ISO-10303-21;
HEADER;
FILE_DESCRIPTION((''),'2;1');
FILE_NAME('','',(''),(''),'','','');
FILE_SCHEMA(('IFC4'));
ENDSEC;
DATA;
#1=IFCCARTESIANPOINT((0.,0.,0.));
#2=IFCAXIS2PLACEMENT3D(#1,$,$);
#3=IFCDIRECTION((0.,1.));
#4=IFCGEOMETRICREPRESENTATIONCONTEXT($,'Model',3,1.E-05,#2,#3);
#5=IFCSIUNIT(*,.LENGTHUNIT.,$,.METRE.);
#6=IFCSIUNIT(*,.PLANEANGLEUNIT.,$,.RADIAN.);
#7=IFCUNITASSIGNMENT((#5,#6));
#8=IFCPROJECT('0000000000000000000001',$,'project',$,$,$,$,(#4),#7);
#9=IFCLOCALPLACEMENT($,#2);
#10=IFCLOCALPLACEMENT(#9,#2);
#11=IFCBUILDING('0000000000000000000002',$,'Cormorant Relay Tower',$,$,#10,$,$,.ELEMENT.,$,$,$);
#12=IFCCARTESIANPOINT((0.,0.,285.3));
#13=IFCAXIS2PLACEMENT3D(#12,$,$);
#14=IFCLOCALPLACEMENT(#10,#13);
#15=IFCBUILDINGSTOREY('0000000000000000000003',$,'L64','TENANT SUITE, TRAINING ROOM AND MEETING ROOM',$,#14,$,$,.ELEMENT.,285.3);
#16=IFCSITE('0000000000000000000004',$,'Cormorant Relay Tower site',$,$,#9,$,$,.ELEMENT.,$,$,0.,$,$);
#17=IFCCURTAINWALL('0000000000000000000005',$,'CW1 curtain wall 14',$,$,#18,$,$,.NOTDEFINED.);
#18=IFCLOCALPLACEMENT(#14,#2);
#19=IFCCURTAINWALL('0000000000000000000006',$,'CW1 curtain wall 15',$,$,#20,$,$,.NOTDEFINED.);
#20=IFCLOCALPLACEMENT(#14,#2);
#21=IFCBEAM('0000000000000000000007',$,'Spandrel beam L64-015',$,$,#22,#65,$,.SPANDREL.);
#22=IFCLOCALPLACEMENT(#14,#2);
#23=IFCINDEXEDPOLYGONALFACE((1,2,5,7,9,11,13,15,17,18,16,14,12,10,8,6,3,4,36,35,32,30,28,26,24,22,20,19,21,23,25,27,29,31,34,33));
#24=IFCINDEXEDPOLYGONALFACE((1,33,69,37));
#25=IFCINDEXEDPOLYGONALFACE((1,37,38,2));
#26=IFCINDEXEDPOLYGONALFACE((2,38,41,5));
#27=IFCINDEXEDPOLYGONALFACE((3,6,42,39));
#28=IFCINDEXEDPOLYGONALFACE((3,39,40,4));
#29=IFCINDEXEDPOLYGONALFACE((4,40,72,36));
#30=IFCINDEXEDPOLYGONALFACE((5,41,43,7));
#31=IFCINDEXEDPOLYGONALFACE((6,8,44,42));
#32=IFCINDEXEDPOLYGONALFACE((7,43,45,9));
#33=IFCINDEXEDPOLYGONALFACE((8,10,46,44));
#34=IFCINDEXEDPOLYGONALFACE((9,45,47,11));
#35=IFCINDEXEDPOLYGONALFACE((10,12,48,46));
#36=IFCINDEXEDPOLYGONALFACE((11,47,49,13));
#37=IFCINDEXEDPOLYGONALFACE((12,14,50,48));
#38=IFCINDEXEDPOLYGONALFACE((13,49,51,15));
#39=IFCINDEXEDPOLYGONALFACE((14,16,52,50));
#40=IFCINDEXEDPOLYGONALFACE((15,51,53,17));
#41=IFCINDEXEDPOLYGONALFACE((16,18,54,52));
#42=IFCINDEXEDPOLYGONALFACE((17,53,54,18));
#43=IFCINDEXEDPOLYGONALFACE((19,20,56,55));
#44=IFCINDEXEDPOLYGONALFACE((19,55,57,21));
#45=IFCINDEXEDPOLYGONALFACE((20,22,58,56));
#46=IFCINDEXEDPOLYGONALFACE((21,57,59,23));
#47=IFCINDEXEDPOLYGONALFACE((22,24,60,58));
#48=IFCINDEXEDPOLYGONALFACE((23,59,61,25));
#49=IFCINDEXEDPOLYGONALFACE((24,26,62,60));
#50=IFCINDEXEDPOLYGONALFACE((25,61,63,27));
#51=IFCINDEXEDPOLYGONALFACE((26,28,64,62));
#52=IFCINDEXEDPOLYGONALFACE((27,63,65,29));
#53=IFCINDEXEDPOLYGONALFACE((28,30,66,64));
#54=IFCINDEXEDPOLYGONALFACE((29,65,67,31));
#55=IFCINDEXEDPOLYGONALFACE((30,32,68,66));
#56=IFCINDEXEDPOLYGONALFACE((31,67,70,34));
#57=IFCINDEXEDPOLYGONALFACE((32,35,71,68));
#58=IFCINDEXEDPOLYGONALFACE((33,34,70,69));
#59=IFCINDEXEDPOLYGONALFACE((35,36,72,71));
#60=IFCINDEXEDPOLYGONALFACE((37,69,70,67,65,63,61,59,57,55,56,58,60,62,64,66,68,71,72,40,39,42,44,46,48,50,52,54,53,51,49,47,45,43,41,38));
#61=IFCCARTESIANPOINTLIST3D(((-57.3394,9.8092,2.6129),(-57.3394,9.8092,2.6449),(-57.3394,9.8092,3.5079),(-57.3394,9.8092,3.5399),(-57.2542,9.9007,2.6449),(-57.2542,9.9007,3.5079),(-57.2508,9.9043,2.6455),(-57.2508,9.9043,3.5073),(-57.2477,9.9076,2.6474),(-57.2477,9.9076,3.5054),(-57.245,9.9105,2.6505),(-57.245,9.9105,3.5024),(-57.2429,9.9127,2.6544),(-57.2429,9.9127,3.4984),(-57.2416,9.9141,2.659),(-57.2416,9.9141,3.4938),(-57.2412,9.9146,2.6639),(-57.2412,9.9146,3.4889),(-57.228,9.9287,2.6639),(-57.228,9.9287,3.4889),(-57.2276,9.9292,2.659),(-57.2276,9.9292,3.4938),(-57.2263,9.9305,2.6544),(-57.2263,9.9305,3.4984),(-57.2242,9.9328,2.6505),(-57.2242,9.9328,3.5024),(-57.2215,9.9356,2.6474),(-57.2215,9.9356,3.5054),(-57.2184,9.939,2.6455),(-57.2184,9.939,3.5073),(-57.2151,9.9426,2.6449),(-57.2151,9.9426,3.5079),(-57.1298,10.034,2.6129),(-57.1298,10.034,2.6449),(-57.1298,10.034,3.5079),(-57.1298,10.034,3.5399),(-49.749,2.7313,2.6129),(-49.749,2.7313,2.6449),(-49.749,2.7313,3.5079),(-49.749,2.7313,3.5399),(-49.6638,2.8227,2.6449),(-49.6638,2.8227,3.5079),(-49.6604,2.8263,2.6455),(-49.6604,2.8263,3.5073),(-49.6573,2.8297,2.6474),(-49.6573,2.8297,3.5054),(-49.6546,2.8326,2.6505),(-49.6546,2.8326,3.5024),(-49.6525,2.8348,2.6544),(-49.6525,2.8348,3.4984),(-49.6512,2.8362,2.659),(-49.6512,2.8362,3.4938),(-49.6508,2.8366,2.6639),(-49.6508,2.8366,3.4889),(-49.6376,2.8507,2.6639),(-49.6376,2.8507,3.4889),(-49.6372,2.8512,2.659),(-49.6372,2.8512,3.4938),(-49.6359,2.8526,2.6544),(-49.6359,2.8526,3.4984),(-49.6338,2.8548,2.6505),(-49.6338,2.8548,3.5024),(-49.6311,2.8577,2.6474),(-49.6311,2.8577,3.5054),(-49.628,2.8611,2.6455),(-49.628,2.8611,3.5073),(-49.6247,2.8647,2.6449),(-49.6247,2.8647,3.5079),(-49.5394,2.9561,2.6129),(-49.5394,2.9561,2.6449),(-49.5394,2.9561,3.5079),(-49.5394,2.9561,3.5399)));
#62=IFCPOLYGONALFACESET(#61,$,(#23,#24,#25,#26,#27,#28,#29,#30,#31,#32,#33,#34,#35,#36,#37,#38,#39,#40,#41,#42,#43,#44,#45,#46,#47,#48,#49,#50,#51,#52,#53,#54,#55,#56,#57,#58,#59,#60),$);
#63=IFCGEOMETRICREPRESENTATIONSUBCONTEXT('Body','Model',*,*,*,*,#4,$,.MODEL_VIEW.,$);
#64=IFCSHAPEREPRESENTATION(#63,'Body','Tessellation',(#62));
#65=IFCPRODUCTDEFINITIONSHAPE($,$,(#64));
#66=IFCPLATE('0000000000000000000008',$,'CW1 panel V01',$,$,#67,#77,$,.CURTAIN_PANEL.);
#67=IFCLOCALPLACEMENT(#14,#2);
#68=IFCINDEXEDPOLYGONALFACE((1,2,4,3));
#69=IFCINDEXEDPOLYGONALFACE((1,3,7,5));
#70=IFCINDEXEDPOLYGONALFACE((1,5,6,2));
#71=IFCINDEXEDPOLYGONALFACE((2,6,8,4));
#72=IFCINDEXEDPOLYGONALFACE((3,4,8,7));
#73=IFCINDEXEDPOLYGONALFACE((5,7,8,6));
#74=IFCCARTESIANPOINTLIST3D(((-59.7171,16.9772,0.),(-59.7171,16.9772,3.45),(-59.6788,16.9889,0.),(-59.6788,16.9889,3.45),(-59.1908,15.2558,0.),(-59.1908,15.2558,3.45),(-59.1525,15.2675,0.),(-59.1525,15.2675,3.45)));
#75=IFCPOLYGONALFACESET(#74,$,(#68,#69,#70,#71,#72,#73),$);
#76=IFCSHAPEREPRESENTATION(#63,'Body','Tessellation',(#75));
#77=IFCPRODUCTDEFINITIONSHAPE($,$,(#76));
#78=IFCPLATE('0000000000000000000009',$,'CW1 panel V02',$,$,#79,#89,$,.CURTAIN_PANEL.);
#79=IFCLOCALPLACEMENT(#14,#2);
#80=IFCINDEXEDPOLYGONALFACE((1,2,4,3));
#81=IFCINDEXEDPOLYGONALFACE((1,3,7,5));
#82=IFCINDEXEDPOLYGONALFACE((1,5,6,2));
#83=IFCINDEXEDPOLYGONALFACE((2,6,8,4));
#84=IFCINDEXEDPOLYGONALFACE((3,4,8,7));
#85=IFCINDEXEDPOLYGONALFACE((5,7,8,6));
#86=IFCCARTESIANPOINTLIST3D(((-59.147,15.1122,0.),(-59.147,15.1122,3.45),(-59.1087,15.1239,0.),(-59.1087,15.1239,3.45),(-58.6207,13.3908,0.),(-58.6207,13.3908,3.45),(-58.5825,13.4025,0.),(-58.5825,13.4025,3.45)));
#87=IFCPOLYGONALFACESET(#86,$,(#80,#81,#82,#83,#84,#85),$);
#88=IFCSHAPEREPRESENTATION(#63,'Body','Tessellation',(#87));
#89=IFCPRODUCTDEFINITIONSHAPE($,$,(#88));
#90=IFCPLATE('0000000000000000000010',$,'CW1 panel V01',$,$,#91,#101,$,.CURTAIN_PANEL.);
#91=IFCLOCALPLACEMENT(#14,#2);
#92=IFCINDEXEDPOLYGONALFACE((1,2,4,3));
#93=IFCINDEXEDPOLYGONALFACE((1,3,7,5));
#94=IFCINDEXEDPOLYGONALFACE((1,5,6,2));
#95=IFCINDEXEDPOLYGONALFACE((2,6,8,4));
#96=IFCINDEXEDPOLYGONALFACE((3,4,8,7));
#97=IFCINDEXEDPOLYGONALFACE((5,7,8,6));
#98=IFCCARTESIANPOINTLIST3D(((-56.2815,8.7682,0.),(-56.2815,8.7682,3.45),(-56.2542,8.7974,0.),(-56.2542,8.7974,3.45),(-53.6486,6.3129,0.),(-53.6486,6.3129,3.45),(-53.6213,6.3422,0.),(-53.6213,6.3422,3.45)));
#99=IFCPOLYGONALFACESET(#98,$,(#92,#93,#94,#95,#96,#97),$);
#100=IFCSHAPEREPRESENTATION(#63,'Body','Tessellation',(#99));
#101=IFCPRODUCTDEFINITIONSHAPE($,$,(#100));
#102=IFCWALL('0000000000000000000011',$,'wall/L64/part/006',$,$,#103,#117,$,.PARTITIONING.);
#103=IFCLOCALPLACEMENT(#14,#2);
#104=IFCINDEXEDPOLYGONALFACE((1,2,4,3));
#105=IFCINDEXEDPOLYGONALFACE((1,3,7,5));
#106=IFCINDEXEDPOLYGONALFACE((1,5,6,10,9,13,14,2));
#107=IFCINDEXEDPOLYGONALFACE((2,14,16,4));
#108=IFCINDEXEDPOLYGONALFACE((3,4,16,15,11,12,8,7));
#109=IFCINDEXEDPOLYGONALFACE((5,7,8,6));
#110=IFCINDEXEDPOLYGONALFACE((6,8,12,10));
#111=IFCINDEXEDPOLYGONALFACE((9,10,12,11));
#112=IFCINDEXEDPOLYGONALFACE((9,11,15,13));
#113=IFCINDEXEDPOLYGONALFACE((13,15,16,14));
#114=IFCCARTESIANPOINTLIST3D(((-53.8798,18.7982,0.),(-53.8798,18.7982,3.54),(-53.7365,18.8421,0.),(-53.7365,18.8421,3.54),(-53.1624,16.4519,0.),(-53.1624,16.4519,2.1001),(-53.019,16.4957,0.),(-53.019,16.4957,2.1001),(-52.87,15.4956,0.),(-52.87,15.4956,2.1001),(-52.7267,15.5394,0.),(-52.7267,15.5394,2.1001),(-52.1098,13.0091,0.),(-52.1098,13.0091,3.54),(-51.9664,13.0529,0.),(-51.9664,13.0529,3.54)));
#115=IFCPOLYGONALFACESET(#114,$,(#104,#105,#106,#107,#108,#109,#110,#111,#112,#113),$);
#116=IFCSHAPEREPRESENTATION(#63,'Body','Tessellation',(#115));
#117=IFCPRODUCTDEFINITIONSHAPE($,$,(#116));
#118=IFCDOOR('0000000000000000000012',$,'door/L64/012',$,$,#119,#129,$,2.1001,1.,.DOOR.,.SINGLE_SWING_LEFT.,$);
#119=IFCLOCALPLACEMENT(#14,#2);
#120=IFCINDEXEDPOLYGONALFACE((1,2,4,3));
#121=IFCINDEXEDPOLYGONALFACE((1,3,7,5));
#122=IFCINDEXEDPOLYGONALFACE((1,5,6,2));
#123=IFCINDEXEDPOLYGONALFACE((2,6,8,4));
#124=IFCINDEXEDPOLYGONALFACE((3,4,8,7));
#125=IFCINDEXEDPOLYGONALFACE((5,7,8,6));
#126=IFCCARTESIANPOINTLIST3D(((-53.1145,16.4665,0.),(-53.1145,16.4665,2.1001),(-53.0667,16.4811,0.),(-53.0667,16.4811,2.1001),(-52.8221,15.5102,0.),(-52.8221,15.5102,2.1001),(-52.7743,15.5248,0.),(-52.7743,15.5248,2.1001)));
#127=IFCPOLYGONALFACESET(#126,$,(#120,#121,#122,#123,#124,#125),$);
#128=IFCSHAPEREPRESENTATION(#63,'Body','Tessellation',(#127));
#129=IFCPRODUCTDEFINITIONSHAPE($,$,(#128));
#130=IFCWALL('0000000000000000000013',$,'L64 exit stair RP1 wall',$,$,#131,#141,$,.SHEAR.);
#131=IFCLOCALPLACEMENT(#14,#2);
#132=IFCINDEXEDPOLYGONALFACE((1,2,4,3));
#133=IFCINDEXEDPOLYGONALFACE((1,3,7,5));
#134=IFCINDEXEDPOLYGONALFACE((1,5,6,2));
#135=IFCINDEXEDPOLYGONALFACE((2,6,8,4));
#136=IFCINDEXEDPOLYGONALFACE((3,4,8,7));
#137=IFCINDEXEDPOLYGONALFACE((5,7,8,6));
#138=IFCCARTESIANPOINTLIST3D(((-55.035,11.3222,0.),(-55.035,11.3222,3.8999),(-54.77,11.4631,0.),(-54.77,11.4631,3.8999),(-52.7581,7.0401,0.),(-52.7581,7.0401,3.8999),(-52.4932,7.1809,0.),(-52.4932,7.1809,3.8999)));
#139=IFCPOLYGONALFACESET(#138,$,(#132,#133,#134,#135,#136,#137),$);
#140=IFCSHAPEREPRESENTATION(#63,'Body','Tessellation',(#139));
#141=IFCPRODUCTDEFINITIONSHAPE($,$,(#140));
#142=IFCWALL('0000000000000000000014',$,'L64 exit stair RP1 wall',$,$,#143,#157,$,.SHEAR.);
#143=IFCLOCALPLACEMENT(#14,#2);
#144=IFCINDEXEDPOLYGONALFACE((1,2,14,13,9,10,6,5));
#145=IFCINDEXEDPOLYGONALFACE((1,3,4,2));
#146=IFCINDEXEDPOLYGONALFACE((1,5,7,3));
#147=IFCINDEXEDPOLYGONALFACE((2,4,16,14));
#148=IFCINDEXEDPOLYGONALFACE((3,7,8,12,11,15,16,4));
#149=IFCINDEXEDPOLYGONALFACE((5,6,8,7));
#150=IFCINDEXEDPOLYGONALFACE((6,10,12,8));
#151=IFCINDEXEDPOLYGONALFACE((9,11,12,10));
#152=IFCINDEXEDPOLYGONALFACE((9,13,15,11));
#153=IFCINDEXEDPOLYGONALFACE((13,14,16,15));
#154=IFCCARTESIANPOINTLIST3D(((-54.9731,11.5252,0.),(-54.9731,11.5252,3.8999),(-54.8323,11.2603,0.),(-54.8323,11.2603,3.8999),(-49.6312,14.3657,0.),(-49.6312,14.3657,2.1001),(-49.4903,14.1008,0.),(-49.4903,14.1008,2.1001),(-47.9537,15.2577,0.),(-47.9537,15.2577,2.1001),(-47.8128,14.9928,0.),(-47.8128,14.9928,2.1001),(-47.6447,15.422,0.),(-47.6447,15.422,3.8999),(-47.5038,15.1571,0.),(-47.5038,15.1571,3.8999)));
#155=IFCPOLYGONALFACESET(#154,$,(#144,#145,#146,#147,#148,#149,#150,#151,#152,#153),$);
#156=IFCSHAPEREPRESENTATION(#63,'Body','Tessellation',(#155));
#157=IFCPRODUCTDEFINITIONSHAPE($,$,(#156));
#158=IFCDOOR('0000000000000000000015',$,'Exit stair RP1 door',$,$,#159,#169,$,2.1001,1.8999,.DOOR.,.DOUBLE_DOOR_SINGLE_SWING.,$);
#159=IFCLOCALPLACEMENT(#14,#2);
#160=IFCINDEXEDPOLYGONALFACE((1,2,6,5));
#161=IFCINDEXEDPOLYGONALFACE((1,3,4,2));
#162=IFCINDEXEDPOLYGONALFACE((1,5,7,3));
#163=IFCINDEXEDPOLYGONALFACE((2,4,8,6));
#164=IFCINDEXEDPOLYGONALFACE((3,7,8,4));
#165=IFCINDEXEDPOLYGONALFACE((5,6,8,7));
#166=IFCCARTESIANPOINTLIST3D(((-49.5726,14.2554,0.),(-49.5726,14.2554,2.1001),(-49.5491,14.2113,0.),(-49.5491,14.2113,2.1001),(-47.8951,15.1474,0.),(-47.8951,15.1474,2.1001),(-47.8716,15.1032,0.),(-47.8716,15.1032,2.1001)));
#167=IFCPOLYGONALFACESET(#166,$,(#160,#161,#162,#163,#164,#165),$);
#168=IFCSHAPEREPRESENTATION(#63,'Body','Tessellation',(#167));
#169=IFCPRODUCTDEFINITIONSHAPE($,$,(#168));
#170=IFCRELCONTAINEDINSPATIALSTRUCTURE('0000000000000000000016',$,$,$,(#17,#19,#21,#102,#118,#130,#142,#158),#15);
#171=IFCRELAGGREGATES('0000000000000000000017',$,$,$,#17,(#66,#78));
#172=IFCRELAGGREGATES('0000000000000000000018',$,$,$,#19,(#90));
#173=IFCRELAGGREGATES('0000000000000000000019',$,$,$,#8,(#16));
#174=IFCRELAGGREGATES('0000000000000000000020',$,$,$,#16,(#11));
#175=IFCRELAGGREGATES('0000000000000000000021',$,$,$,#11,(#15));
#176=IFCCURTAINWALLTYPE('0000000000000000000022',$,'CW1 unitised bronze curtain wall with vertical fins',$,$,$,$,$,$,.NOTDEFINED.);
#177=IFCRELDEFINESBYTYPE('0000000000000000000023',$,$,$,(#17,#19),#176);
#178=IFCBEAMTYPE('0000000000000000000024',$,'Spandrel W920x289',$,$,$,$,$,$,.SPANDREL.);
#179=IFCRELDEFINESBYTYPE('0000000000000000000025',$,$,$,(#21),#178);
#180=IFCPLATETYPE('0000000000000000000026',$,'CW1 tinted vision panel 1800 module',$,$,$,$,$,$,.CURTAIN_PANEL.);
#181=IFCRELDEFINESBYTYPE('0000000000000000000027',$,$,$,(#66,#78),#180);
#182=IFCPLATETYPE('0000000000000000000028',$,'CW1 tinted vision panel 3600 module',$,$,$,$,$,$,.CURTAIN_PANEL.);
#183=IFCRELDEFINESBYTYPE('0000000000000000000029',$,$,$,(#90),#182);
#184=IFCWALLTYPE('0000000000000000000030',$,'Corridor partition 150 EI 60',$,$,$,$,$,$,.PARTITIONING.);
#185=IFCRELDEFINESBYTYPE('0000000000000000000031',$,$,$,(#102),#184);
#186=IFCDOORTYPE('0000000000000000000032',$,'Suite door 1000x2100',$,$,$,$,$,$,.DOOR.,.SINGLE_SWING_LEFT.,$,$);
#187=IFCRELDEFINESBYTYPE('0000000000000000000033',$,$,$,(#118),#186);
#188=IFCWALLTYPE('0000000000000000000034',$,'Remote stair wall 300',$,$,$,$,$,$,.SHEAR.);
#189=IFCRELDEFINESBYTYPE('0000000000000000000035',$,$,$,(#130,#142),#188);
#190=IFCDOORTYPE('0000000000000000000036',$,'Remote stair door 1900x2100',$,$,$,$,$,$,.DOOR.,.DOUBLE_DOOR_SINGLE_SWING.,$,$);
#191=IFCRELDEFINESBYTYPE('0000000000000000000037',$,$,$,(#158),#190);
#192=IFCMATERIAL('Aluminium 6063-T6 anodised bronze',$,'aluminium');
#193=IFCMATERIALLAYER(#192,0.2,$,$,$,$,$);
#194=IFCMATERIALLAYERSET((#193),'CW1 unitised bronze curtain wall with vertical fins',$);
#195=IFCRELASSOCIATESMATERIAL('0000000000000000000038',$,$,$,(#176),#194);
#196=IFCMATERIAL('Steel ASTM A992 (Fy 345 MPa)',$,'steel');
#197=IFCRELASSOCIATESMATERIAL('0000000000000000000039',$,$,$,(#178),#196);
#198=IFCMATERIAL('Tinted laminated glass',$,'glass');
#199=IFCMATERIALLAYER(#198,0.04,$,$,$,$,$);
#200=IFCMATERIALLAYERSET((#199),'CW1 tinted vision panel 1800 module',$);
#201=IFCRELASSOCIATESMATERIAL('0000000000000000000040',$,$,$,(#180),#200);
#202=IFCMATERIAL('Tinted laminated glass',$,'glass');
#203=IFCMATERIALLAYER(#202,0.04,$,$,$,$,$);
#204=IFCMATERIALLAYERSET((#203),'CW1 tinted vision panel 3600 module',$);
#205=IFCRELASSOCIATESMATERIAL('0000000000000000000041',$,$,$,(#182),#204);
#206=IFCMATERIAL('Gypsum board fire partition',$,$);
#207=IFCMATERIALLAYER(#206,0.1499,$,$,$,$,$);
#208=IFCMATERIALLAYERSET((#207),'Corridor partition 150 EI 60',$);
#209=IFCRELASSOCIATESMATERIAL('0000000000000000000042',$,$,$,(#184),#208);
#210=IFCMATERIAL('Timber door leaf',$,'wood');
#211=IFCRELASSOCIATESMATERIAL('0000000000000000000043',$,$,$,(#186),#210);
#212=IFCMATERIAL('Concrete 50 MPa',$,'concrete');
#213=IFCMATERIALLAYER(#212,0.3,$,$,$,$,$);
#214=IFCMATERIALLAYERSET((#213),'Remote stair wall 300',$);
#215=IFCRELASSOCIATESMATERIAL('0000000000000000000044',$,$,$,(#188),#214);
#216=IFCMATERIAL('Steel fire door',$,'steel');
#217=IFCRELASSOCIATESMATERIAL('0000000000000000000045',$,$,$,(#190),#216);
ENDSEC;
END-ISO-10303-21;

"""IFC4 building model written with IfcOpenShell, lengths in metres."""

from ifc_helpers import new_model, si_unit, direction, frame, frame_2d, origin, origin_2d, place, context, subcontext, project, spatial, rectangle, i_section, extrude, material, layer, layer_set, material_profile, profile_set, type_object, element, fill, aggregate, save


model = new_model("IFC4")

# Units and contexts
model_context = context("Model", 3, precision=1e-05, world=origin(), true_north=direction((0.0, 1.0)))
body_context = subcontext(model_context, "Body", "Model", "MODEL_VIEW")
ifc_project = project(units=[si_unit("LENGTHUNIT", "METRE"), si_unit("PLANEANGLEUNIT", "RADIAN")], contexts=[model_context])

# Site, building, storey
site_placement = place(None, origin())
site = spatial("IfcSite", under=ifc_project, at=site_placement, Name="Cormorant Relay Tower site", CompositionType="ELEMENT", RefElevation=0.0)
building_placement = place(site_placement, origin())
building = spatial("IfcBuilding", under=site, at=building_placement, Name="Cormorant Relay Tower", CompositionType="ELEMENT")
storey_placement = place(building_placement, frame((0.0, 0.0, 285.3)))
storey = spatial("IfcBuildingStorey", under=building, at=storey_placement, Name="L64", Description="TENANT SUITE, TRAINING ROOM AND MEETING ROOM", CompositionType="ELEMENT", Elevation=285.3)

# Curtain wall
ifc_material_1 = material(Name="Aluminium 6063-T6 anodised bronze", Category="aluminium")
ifc_layer_1 = layer(ifc_material_1, 0.2)
ifc_layer_set_1 = layer_set([ifc_layer_1], Name="CW1 unitised bronze curtain wall with vertical fins")
curtain_wall_type = type_object("IfcCurtainWallType", Name="CW1 unitised bronze curtain wall with vertical fins", PredefinedType="NOTDEFINED", material=ifc_layer_set_1)
curtain_wall_1_placement = place(storey_placement, origin())
curtain_wall_1 = element("IfcCurtainWall", 1, at=curtain_wall_1_placement, inside=storey, type_object=curtain_wall_type, Name="CW1 curtain wall 14", PredefinedType="NOTDEFINED")

# Curtain wall
curtain_wall_2_placement = place(storey_placement, origin())
curtain_wall_2 = element("IfcCurtainWall", 2, at=curtain_wall_2_placement, inside=storey, type_object=curtain_wall_type, Name="CW1 curtain wall 15", PredefinedType="NOTDEFINED")

# Beam
ifc_material_2 = material(Name="Steel ASTM A992 (Fy 345 MPa)", Category="steel")
ifc_material_profile_1 = material_profile(ifc_material_2, i_section(OverallWidth=0.3074, OverallDepth=0.927, WebThickness=0.0193, FlangeThickness=0.032, FilletRadius=0.019, at=origin_2d()), Name="W920x289")
ifc_profile_set_1 = profile_set([ifc_material_profile_1], Name="Steel ASTM A992 (Fy 345 MPa)")
beam_type = type_object("IfcBeamType", Name="Spandrel W920x289", PredefinedType="SPANDREL", material=ifc_profile_set_1)
beam_placement = place(storey_placement, frame((-57.2346, 9.9216, 3.0764), z_axis=(0.731364, -0.681987, 0.0), x_axis=(0.681987, 0.731364, 0.0)))
element("IfcBeam", 3, at=beam_placement, inside=storey, type_object=beam_type, Name="Spandrel beam L64-015", PredefinedType="SPANDREL", context=body_context, shape_type="SweptSolid", body=[
    extrude(i_section(OverallWidth=0.3074, OverallDepth=0.927, WebThickness=0.0193, FlangeThickness=0.032, FilletRadius=0.019, at=origin_2d()), origin(), (0.0, 0.0, 1.0), 10.3784),
])

# Plates
ifc_material_3 = material(Name="Tinted laminated glass", Category="glass")
ifc_layer_2 = layer(ifc_material_3, 0.04)
ifc_layer_set_2 = layer_set([ifc_layer_2], Name="CW1 tinted vision panel 1800 module")
plate_type_1 = type_object("IfcPlateType", Name="CW1 tinted vision panel 1800 module", PredefinedType="CURTAIN_PANEL", material=ifc_layer_set_2)
plate_1_placement = place(storey_placement, frame((-59.4348, 16.1223, 0.0), z_axis=(0.0, 0.0, 1.0), x_axis=(0.292372, -0.956305, 0.0)))
plate_1 = element("IfcPlate", 4, at=plate_1_placement, type_object=plate_type_1, Name="CW1 panel V01", PredefinedType="CURTAIN_PANEL", context=body_context, shape_type="SweptSolid", body=[
    extrude(rectangle(XDim=1.8, YDim=0.04, at=origin_2d()), origin(), (0.0, 0.0, 1.0), 3.45),
])
plate_2_placement = place(storey_placement, frame((-58.8647, 14.2573, 0.0), z_axis=(0.0, 0.0, 1.0), x_axis=(0.292372, -0.956305, 0.0)))
plate_2 = element("IfcPlate", 5, at=plate_2_placement, type_object=plate_type_1, Name="CW1 panel V02", PredefinedType="CURTAIN_PANEL", context=body_context, shape_type="SweptSolid", body=[
    extrude(rectangle(XDim=1.8, YDim=0.04, at=origin_2d()), origin(), (0.0, 0.0, 1.0), 3.45),
])
ifc_material_4 = material(Name="Tinted laminated glass", Category="glass")
ifc_layer_3 = layer(ifc_material_4, 0.04)
ifc_layer_set_3 = layer_set([ifc_layer_3], Name="CW1 tinted vision panel 3600 module")
plate_type_2 = type_object("IfcPlateType", Name="CW1 tinted vision panel 3600 module", PredefinedType="CURTAIN_PANEL", material=ifc_layer_set_3)
plate_3_placement = place(storey_placement, frame((-54.9514, 7.5552, 0.0), z_axis=(0.0, 0.0, 1.0), x_axis=(0.731354, -0.681998, 0.0)))
plate_3 = element("IfcPlate", 6, at=plate_3_placement, type_object=plate_type_2, Name="CW1 panel V01", PredefinedType="CURTAIN_PANEL", context=body_context, shape_type="SweptSolid", body=[
    extrude(rectangle(XDim=3.6001, YDim=0.04, at=origin_2d()), origin(), (0.0, 0.0, 1.0), 3.45),
])

# Wall, opening, door
ifc_material_5 = material(Name="Gypsum board fire partition")
ifc_layer_4 = layer(ifc_material_5, 0.1499)
ifc_layer_set_4 = layer_set([ifc_layer_4], Name="Corridor partition 150 EI 60")
wall_type_1 = type_object("IfcWallType", Name="Corridor partition 150 EI 60", PredefinedType="PARTITIONING", material=ifc_layer_set_4)
wall_1_placement = place(storey_placement, frame((-52.0381, 13.031, 0.0), z_axis=(0.0, 0.0, 1.0), x_axis=(-0.292391, 0.956299, 0.0)))
wall_1 = element("IfcWall", 7, at=wall_1_placement, inside=storey, type_object=wall_type_1, Name="wall/L64/part/006", PredefinedType="PARTITIONING", context=body_context, shape_type="SweptSolid", body=[
    extrude(rectangle(XDim=6.0537, YDim=0.1499, at=frame_2d((3.0269, 0.0))), origin(), (0.0, 0.0, 1.0), 3.54),
])
opening_1_placement = place(wall_1_placement, frame((2.6001, 0.0, 0.0)))
opening_1 = element("IfcOpeningElement", 8, at=opening_1_placement, cuts=wall_1, PredefinedType="OPENING", context=body_context, shape_type="SweptSolid", body=[
    extrude(rectangle(XDim=1.0, YDim=2.1001, at=frame_2d((0.5, 1.05))), frame((0.0, 0.085, 0.0), z_axis=(0.0, -1.0, 0.0), x_axis=(1.0, 0.0, 0.0)), (0.0, 0.0, 1.0), 0.1699),
])
ifc_material_6 = material(Name="Timber door leaf", Category="wood")
door_type_1 = type_object("IfcDoorType", Name="Suite door 1000x2100", OperationType="SINGLE_SWING_LEFT", PredefinedType="DOOR", material=ifc_material_6)
door_1_placement = place(opening_1_placement, origin())
door_1 = element("IfcDoor", 9, at=door_1_placement, inside=storey, type_object=door_type_1, Name="door/L64/012", OperationType="SINGLE_SWING_LEFT", OverallHeight=2.1001, OverallWidth=1.0, PredefinedType="DOOR", context=body_context, shape_type="SweptSolid", body=[
    extrude(rectangle(XDim=1.0, YDim=2.1001, at=frame_2d((0.5, 1.05))), frame((0.0, 0.0249, 0.0), z_axis=(0.0, -1.0, 0.0), x_axis=(1.0, 0.0, 0.0)), (0.0, 0.0, 1.0), 0.05),
])
fill(opening_1, door_1)

# Wall
ifc_material_7 = material(Name="Concrete 50 MPa", Category="concrete")
ifc_layer_5 = layer(ifc_material_7, 0.3)
ifc_layer_set_5 = layer_set([ifc_layer_5], Name="Remote stair wall 300")
wall_type_2 = type_object("IfcWallType", Name="Remote stair wall 300", PredefinedType="SHEAR", material=ifc_layer_set_5)
wall_2_placement = place(storey_placement, frame((-52.6257, 7.1106, 0.0), z_axis=(0.0, 0.0, 1.0), x_axis=(-0.469464, 0.882951, 0.0)))
element("IfcWall", 10, at=wall_2_placement, inside=storey, type_object=wall_type_2, Name="L64 exit stair RP1 wall", PredefinedType="SHEAR", context=body_context, shape_type="SweptSolid", body=[
    extrude(rectangle(XDim=4.8499, YDim=0.3, at=frame_2d((2.4248, 0.0))), origin(), (0.0, 0.0, 1.0), 3.8999),
])

# Wall, opening, door
wall_3_placement = place(storey_placement, frame((-54.9026, 11.3928, 0.0), z_axis=(0.0, 0.0, 1.0), x_axis=(0.882939, 0.469487, 0.0)))
wall_3 = element("IfcWall", 11, at=wall_3_placement, inside=storey, type_object=wall_type_2, Name="L64 exit stair RP1 wall", PredefinedType="SHEAR", context=body_context, shape_type="SweptSolid", body=[
    extrude(rectangle(XDim=8.3, YDim=0.3, at=frame_2d((4.1499, 0.0))), origin(), (0.0, 0.0, 1.0), 3.8999),
])
opening_2_placement = place(wall_3_placement, frame((6.05, 0.0, 0.0)))
opening_2 = element("IfcOpeningElement", 12, at=opening_2_placement, cuts=wall_3, PredefinedType="OPENING", context=body_context, shape_type="SweptSolid", body=[
    extrude(rectangle(XDim=1.8999, YDim=2.1001, at=frame_2d((0.95, 1.05))), frame((0.0, 0.1599, 0.0), z_axis=(0.0, -1.0, 0.0), x_axis=(1.0, 0.0, 0.0)), (0.0, 0.0, 1.0), 0.3201),
])
ifc_material_8 = material(Name="Steel fire door", Category="steel")
door_type_2 = type_object("IfcDoorType", Name="Remote stair door 1900x2100", OperationType="DOUBLE_DOOR_SINGLE_SWING", PredefinedType="DOOR", material=ifc_material_8)
door_2_placement = place(opening_2_placement, frame((1.8999, 0.0, 0.0), z_axis=(0.0, 0.0, 1.0), x_axis=(-1.0, 0.0, 0.0)))
door_2 = element("IfcDoor", 13, at=door_2_placement, inside=storey, type_object=door_type_2, Name="Exit stair RP1 door", OperationType="DOUBLE_DOOR_SINGLE_SWING", OverallHeight=2.1001, OverallWidth=1.8999, PredefinedType="DOOR", context=body_context, shape_type="SweptSolid", body=[
    extrude(rectangle(XDim=1.8999, YDim=2.1001, at=frame_2d((0.95, 1.05))), frame((0.0, 0.0249, 0.0), z_axis=(0.0, -1.0, 0.0), x_axis=(1.0, 0.0, 0.0)), (0.0, 0.0, 1.0), 0.05),
])
fill(opening_2, door_2)

aggregate(curtain_wall_1, [plate_1, plate_2])
aggregate(curtain_wall_2, [plate_3])

save(model, "model.ifc")
